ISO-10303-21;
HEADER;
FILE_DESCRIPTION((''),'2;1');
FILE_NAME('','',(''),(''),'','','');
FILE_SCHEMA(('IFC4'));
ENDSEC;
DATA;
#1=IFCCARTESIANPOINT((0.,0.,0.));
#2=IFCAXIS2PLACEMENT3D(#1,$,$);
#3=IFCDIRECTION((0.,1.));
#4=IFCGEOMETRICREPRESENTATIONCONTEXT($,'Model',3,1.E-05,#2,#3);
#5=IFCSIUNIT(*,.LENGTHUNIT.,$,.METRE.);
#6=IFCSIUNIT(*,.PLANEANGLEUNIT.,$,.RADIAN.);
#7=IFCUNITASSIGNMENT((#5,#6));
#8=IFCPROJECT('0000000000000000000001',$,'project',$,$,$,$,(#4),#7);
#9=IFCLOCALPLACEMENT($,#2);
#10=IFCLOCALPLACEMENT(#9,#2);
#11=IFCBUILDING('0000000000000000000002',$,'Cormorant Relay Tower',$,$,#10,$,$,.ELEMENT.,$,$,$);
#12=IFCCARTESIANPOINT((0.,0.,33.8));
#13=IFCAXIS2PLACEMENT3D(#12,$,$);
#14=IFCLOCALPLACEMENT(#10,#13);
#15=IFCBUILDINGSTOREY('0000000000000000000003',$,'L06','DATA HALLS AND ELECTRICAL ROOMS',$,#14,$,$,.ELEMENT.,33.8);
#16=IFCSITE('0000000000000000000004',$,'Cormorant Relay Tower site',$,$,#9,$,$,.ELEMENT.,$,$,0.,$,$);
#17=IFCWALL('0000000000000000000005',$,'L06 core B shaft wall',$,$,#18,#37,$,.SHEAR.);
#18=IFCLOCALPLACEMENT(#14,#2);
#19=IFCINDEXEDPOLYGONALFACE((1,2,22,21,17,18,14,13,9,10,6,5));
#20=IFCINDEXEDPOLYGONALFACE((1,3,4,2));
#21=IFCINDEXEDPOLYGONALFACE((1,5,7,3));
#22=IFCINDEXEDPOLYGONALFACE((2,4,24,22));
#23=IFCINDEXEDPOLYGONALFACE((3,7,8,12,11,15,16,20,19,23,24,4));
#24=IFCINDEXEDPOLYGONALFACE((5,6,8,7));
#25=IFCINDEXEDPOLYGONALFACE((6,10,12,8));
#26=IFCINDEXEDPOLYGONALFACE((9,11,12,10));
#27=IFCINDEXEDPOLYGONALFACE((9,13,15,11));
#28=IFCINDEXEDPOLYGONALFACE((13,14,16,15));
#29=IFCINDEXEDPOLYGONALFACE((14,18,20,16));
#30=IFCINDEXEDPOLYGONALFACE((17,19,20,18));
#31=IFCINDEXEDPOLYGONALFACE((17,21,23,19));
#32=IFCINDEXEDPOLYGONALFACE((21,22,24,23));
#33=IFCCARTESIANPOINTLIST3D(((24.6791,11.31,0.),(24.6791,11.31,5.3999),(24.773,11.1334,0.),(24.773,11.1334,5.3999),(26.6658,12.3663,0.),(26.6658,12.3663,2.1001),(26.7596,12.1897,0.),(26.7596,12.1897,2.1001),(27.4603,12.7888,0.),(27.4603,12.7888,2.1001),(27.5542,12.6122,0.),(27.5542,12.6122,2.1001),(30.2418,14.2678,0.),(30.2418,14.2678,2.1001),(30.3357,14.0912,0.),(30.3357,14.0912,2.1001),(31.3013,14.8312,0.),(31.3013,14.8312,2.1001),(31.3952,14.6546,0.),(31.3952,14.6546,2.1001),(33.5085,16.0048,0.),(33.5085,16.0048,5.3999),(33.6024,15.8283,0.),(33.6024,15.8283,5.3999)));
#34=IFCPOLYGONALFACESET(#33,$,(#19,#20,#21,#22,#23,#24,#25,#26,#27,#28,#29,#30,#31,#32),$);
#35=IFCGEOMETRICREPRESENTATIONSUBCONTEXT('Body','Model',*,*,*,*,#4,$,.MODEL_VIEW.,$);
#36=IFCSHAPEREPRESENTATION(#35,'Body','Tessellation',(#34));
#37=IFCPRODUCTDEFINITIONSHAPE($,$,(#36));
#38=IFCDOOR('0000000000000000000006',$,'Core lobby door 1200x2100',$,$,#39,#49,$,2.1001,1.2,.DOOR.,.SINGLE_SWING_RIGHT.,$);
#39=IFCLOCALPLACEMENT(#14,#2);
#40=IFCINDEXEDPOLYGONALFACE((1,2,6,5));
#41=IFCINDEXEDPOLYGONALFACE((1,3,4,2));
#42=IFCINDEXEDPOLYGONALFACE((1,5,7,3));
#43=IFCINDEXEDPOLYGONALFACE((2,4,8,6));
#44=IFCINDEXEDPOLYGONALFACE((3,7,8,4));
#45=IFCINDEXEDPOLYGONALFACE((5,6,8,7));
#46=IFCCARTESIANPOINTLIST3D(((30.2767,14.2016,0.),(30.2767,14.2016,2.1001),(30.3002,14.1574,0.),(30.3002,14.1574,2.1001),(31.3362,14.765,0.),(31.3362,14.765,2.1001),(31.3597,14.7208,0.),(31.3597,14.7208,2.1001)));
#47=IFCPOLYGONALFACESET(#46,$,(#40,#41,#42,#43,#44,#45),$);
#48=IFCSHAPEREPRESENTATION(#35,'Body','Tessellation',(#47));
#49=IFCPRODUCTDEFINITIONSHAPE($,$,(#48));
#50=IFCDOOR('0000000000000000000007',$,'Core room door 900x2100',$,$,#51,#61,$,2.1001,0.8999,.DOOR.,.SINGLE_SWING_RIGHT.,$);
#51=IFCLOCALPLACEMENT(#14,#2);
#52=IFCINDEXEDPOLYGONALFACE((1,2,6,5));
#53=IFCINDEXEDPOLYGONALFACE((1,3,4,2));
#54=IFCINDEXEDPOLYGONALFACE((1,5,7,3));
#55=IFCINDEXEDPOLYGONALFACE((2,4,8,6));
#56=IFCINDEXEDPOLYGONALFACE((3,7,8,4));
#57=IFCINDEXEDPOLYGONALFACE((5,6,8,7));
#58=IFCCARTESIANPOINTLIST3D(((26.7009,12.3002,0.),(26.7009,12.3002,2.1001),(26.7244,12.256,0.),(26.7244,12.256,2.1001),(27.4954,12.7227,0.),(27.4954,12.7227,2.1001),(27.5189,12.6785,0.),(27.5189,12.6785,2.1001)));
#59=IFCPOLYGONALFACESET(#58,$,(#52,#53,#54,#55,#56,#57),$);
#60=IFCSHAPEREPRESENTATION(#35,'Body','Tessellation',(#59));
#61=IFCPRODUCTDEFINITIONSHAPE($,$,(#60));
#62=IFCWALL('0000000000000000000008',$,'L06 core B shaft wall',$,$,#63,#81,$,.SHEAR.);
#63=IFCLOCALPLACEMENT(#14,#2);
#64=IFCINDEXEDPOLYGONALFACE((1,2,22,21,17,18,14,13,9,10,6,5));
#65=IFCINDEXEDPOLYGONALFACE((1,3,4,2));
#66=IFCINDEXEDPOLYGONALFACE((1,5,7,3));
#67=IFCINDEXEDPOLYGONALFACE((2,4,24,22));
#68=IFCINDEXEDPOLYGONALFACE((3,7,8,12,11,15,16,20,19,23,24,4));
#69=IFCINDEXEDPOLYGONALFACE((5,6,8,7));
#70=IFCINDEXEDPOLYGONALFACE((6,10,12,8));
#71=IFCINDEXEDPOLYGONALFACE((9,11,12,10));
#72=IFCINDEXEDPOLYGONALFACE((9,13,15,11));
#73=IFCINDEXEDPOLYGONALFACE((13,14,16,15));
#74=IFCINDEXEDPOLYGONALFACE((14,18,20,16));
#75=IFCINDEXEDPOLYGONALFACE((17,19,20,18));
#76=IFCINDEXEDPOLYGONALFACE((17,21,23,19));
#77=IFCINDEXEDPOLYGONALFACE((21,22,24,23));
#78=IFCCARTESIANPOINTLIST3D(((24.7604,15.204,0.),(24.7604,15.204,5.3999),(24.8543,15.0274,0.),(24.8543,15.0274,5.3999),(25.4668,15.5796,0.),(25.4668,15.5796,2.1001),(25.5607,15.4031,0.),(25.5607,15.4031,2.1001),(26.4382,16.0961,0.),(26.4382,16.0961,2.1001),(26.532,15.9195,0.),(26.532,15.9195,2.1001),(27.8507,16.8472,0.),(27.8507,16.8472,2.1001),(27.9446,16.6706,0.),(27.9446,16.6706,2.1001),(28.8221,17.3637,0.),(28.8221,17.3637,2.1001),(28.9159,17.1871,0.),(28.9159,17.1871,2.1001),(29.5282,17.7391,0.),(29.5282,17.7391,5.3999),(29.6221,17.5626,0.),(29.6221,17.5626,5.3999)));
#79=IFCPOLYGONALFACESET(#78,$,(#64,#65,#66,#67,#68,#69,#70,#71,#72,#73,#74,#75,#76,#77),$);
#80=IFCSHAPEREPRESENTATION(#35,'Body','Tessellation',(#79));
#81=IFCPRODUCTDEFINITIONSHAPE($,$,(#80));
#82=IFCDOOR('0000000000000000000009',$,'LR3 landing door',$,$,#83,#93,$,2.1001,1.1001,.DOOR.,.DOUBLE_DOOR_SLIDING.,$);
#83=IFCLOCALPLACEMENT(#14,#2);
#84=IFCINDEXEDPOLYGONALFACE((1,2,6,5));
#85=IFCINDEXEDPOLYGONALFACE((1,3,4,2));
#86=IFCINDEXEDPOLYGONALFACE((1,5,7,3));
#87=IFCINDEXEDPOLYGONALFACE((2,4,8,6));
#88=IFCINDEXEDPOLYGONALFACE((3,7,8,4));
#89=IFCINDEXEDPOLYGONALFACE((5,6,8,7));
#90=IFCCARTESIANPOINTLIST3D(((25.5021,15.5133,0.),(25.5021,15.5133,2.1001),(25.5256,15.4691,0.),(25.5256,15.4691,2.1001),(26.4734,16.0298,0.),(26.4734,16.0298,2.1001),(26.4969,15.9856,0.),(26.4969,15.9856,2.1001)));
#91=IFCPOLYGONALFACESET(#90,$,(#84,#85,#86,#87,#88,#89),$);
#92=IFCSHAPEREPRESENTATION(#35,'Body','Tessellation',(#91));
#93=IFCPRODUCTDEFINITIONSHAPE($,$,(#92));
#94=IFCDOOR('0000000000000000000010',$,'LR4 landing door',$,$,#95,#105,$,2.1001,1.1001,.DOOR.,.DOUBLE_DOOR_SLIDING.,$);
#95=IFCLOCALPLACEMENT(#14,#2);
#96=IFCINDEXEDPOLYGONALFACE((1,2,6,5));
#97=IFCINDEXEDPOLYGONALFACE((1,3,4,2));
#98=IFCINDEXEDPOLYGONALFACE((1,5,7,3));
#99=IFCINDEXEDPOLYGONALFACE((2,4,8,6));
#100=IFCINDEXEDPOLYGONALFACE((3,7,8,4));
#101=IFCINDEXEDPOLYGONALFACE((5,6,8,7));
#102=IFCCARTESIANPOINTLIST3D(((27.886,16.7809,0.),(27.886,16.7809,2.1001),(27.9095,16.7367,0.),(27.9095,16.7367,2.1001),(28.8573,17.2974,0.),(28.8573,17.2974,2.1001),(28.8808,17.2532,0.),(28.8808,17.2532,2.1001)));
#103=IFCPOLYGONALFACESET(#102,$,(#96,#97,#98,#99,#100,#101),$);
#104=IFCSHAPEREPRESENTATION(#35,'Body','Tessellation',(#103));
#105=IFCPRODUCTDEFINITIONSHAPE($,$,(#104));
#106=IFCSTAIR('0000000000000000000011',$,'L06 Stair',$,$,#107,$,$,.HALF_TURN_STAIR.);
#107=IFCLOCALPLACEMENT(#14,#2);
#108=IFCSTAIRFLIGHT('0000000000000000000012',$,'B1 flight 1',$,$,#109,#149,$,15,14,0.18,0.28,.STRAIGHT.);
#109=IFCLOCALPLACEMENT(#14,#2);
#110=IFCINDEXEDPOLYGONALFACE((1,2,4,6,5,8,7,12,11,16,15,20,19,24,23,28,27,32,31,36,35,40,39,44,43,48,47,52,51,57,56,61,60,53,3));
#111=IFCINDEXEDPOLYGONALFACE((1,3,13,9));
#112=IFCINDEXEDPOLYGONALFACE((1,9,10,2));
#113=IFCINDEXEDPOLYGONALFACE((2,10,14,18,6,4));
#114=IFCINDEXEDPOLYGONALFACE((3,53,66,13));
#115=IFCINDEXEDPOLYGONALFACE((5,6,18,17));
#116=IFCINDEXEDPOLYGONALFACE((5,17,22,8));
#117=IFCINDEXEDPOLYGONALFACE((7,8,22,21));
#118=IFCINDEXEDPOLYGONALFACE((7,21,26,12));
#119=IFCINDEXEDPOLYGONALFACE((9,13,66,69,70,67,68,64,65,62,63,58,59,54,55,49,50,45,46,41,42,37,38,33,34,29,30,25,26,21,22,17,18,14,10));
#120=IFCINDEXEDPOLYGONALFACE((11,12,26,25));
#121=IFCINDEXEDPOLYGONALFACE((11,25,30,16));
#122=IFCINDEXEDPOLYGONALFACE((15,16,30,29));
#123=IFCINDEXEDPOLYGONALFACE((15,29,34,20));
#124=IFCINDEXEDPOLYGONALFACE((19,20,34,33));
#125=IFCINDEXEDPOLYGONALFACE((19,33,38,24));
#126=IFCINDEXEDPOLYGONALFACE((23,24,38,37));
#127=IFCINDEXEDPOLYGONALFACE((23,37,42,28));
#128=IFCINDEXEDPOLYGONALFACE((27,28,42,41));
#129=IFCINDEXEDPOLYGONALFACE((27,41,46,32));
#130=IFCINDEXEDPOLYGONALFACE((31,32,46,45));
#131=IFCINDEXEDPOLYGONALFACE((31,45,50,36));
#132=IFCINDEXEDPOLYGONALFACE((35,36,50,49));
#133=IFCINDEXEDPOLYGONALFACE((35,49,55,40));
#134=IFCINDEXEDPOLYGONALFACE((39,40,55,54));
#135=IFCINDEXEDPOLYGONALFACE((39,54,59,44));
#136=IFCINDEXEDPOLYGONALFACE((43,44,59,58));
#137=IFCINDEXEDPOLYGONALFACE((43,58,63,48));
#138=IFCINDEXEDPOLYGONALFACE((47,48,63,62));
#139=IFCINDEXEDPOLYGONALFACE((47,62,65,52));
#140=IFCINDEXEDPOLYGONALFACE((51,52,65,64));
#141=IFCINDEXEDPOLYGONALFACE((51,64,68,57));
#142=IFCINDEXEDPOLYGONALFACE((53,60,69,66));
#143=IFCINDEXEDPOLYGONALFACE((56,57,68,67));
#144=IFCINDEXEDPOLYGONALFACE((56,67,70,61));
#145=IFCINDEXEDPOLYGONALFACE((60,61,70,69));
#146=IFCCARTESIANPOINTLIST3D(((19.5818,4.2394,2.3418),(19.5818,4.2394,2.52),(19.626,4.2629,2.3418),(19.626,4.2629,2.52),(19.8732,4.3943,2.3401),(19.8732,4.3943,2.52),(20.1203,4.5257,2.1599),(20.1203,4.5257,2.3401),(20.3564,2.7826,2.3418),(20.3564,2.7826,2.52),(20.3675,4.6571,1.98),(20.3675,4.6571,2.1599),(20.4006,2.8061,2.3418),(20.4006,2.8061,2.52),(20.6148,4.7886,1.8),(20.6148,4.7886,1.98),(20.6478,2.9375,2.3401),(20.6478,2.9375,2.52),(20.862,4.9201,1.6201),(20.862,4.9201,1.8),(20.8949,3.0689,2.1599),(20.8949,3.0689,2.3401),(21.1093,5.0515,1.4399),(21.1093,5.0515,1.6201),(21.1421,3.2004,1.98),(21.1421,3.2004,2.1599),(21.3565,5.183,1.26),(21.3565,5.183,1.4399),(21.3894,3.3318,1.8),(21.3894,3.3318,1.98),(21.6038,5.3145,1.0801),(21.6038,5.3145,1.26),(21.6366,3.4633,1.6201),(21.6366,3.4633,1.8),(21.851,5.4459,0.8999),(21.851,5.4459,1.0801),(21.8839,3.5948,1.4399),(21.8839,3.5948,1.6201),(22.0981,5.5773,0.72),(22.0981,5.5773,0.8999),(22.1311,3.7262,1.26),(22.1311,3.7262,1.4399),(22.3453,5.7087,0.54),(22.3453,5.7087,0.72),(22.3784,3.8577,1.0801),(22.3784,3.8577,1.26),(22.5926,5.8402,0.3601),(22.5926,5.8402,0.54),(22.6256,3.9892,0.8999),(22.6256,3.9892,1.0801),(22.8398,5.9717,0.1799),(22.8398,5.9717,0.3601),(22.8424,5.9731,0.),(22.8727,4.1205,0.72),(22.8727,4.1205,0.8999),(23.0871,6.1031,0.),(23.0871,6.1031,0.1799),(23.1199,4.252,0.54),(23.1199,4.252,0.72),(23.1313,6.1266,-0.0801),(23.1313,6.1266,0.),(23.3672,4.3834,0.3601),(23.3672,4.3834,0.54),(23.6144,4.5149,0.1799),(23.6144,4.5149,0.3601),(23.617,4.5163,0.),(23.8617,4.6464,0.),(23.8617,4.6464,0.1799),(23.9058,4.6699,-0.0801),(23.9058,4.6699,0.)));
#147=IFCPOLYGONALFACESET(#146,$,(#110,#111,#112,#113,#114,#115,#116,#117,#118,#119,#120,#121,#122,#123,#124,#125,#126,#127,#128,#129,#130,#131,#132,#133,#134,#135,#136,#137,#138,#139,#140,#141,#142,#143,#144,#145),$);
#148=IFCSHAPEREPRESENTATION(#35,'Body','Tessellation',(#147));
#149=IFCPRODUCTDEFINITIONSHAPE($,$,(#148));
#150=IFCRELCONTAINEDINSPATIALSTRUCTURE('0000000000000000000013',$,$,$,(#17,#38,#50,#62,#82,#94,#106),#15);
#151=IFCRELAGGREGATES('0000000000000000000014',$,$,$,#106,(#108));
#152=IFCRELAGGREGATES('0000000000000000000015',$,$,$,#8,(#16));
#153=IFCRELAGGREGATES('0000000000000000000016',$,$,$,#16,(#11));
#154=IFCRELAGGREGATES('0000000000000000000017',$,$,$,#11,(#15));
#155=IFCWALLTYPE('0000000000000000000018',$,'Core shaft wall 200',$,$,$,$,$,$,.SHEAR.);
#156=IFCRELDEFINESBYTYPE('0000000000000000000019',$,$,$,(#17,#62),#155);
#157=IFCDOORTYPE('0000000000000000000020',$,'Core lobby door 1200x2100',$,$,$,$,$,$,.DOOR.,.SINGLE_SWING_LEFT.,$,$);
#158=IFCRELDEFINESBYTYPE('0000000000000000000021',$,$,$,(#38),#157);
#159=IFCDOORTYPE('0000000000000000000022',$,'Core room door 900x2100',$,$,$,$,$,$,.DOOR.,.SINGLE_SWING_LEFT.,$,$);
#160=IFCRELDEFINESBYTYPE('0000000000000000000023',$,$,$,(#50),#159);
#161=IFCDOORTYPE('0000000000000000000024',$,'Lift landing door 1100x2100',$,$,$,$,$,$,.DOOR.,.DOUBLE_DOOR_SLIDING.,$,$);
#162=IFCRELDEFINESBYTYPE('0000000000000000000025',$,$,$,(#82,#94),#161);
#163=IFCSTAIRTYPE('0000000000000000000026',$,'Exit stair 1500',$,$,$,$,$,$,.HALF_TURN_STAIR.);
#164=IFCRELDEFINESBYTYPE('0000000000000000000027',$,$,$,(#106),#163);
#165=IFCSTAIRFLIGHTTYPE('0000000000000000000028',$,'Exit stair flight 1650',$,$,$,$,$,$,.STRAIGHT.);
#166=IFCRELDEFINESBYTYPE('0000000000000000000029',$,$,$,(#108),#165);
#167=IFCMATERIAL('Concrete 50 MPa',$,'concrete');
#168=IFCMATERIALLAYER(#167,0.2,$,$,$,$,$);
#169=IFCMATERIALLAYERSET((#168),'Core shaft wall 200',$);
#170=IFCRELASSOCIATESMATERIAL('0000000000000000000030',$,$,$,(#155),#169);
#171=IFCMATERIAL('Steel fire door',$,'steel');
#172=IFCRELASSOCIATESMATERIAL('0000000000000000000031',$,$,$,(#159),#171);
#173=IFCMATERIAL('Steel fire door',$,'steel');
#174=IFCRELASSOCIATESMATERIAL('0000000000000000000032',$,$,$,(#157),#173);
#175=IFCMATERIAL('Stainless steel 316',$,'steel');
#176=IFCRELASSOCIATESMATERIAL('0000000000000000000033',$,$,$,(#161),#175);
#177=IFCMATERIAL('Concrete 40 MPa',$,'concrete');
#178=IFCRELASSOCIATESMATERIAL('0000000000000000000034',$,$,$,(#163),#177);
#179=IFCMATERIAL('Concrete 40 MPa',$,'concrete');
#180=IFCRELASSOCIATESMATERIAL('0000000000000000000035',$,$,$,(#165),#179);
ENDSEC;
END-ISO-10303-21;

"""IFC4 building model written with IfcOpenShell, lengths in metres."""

from ifc_helpers import new_model, si_unit, direction, frame, frame_2d, origin, place, context, subcontext, project, spatial, polyline, rectangle, outline, extrude, material, layer, layer_set, type_object, element, fill, aggregate, save


model = new_model("IFC4")

# Units and contexts
model_context = context("Model", 3, precision=1e-05, world=origin(), true_north=direction((0.0, 1.0)))
body_context = subcontext(model_context, "Body", "Model", "MODEL_VIEW")
ifc_project = project(units=[si_unit("LENGTHUNIT", "METRE"), si_unit("PLANEANGLEUNIT", "RADIAN")], contexts=[model_context])

# Site, building, storey
site_placement = place(None, origin())
site = spatial("IfcSite", under=ifc_project, at=site_placement, Name="Cormorant Relay Tower site", CompositionType="ELEMENT", RefElevation=0.0)
building_placement = place(site_placement, origin())
building = spatial("IfcBuilding", under=site, at=building_placement, Name="Cormorant Relay Tower", CompositionType="ELEMENT")
storey_placement = place(building_placement, frame((0.0, 0.0, 33.8)))
storey = spatial("IfcBuildingStorey", under=building, at=storey_placement, Name="L06", Description="DATA HALLS AND ELECTRICAL ROOMS", CompositionType="ELEMENT", Elevation=33.8)

# Shared definitions
ifc_material_1 = material(Name="Concrete 50 MPa", Category="concrete")
ifc_layer_1 = layer(ifc_material_1, 0.2)
ifc_layer_set_1 = layer_set([ifc_layer_1], Name="Core shaft wall 200")
wall_type_1 = type_object("IfcWallType", Name="Core shaft wall 200", PredefinedType="SHEAR", material=ifc_layer_set_1)
ifc_material_2 = material(Name="Steel fire door", Category="steel")
door_type_1 = type_object("IfcDoorType", Name="Core room door 900x2100", OperationType="SINGLE_SWING_LEFT", PredefinedType="DOOR", material=ifc_material_2)

# Walls, openings, doors
wall_1_placement = place(storey_placement, frame((24.7261, 11.2217, 0.0), z_axis=(0.0, 0.0, 1.0), x_axis=(0.88294, 0.469485, 0.0)))
wall_1 = element("IfcWall", 1, at=wall_1_placement, inside=storey, type_object=wall_type_1, Name="L06 core B shaft wall", PredefinedType="SHEAR", context=body_context, shape_type="SweptSolid", body=[
    extrude(rectangle(XDim=10.0, YDim=0.2, at=frame_2d((5.0, 0.0))), origin(), (0.0, 0.0, 1.0), 5.3999),
])
opening_1_placement = place(wall_1_placement, frame((6.3, 0.0, 0.0)))
opening_1 = element("IfcOpeningElement", 2, at=opening_1_placement, cuts=wall_1, PredefinedType="OPENING", context=body_context, shape_type="SweptSolid", body=[
    extrude(rectangle(XDim=1.2, YDim=2.1001, at=frame_2d((0.6001, 1.05))), frame((0.0, 0.1099, 0.0), z_axis=(0.0, -1.0, 0.0), x_axis=(1.0, 0.0, 0.0)), (0.0, 0.0, 1.0), 0.22),
])
opening_2_placement = place(wall_1_placement, frame((2.25, 0.0, 0.0)))
opening_2 = element("IfcOpeningElement", 3, at=opening_2_placement, cuts=wall_1, PredefinedType="OPENING", context=body_context, shape_type="SweptSolid", body=[
    extrude(rectangle(XDim=0.8999, YDim=2.1001, at=frame_2d((0.45, 1.05))), frame((0.0, 0.1099, 0.0), z_axis=(0.0, -1.0, 0.0), x_axis=(1.0, 0.0, 0.0)), (0.0, 0.0, 1.0), 0.22),
])
ifc_material_3 = material(Name="Steel fire door", Category="steel")
door_type_2 = type_object("IfcDoorType", Name="Core lobby door 1200x2100", OperationType="SINGLE_SWING_LEFT", PredefinedType="DOOR", material=ifc_material_3)
door_1_placement = place(opening_1_placement, frame((1.2, 0.0, 0.0), z_axis=(0.0, 0.0, 1.0), x_axis=(-1.0, 0.0, 0.0)))
door_1 = element("IfcDoor", 4, at=door_1_placement, inside=storey, type_object=door_type_2, Name="Core lobby door 1200x2100", OperationType="SINGLE_SWING_RIGHT", OverallHeight=2.1001, OverallWidth=1.2, PredefinedType="DOOR", context=body_context, shape_type="SweptSolid", body=[
    extrude(rectangle(XDim=1.2, YDim=2.1001, at=frame_2d((0.6001, 1.05))), frame((0.0, 0.0249, 0.0), z_axis=(0.0, -1.0, 0.0), x_axis=(1.0, 0.0, 0.0)), (0.0, 0.0, 1.0), 0.05),
])
fill(opening_1, door_1)
door_2_placement = place(opening_2_placement, frame((0.8999, 0.0, 0.0), z_axis=(0.0, 0.0, 1.0), x_axis=(-1.0, 0.0, 0.0)))
door_2 = element("IfcDoor", 5, at=door_2_placement, inside=storey, type_object=door_type_1, Name="Core room door 900x2100", OperationType="SINGLE_SWING_RIGHT", OverallHeight=2.1001, OverallWidth=0.8999, PredefinedType="DOOR", context=body_context, shape_type="SweptSolid", body=[
    extrude(rectangle(XDim=0.8999, YDim=2.1001, at=frame_2d((0.45, 1.05))), frame((0.0, 0.0249, 0.0), z_axis=(0.0, -1.0, 0.0), x_axis=(1.0, 0.0, 0.0)), (0.0, 0.0, 1.0), 0.05),
])
fill(opening_2, door_2)
wall_2_placement = place(storey_placement, frame((24.8074, 15.1157, 0.0), z_axis=(0.0, 0.0, 1.0), x_axis=(0.882943, 0.46948, 0.0)))
wall_2 = element("IfcWall", 6, at=wall_2_placement, inside=storey, type_object=wall_type_1, Name="L06 core B shaft wall", PredefinedType="SHEAR", context=body_context, shape_type="SweptSolid", body=[
    extrude(rectangle(XDim=5.3999, YDim=0.2, at=frame_2d((2.7, 0.0))), origin(), (0.0, 0.0, 1.0), 5.3999),
])
opening_3_placement = place(wall_2_placement, frame((0.8, 0.0, 0.0)))
opening_3 = element("IfcOpeningElement", 7, at=opening_3_placement, cuts=wall_2, PredefinedType="OPENING", context=body_context, shape_type="SweptSolid", body=[
    extrude(rectangle(XDim=1.1001, YDim=2.1001, at=frame_2d((0.55, 1.05))), frame((0.0, 0.1099, 0.0), z_axis=(0.0, -1.0, 0.0), x_axis=(1.0, 0.0, 0.0)), (0.0, 0.0, 1.0), 0.22),
])
opening_4_placement = place(wall_2_placement, frame((3.5, 0.0, 0.0)))
opening_4 = element("IfcOpeningElement", 8, at=opening_4_placement, cuts=wall_2, PredefinedType="OPENING", context=body_context, shape_type="SweptSolid", body=[
    extrude(rectangle(XDim=1.1001, YDim=2.1001, at=frame_2d((0.55, 1.05))), frame((0.0, 0.1099, 0.0), z_axis=(0.0, -1.0, 0.0), x_axis=(1.0, 0.0, 0.0)), (0.0, 0.0, 1.0), 0.22),
])
ifc_material_4 = material(Name="Stainless steel 316", Category="steel")
door_type_3 = type_object("IfcDoorType", Name="Lift landing door 1100x2100", OperationType="DOUBLE_DOOR_SLIDING", PredefinedType="DOOR", material=ifc_material_4)
door_3_placement = place(opening_3_placement, origin())
door_3 = element("IfcDoor", 9, at=door_3_placement, inside=storey, type_object=door_type_3, Name="LR3 landing door", OperationType="DOUBLE_DOOR_SLIDING", OverallHeight=2.1001, OverallWidth=1.1001, PredefinedType="DOOR", context=body_context, shape_type="SweptSolid", body=[
    extrude(rectangle(XDim=1.1001, YDim=2.1001, at=frame_2d((0.55, 1.05))), frame((0.0, 0.0249, 0.0), z_axis=(0.0, -1.0, 0.0), x_axis=(1.0, 0.0, 0.0)), (0.0, 0.0, 1.0), 0.05),
])
fill(opening_3, door_3)
door_4_placement = place(opening_4_placement, origin())
door_4 = element("IfcDoor", 10, at=door_4_placement, inside=storey, type_object=door_type_3, Name="LR4 landing door", OperationType="DOUBLE_DOOR_SLIDING", OverallHeight=2.1001, OverallWidth=1.1001, PredefinedType="DOOR", context=body_context, shape_type="SweptSolid", body=[
    extrude(rectangle(XDim=1.1001, YDim=2.1001, at=frame_2d((0.55, 1.05))), frame((0.0, 0.0249, 0.0), z_axis=(0.0, -1.0, 0.0), x_axis=(1.0, 0.0, 0.0)), (0.0, 0.0, 1.0), 0.05),
])
fill(opening_4, door_4)

# Stair, stair flight
ifc_material_5 = material(Name="Concrete 40 MPa", Category="concrete")
stair_type = type_object("IfcStairType", Name="Exit stair 1500", PredefinedType="HALF_TURN_STAIR", material=ifc_material_5)
stair_placement = place(storey_placement, origin())
stair = element("IfcStair", 11, at=stair_placement, inside=storey, type_object=stair_type, Name="L06 Stair", PredefinedType="HALF_TURN_STAIR")
ifc_material_6 = material(Name="Concrete 40 MPa", Category="concrete")
stair_flight_type = type_object("IfcStairFlightType", Name="Exit stair flight 1650", PredefinedType="STRAIGHT", material=ifc_material_6)
stair_flight_placement = place(storey_placement, frame((23.4744, 5.3748, 0.0), z_axis=(0.0, 0.0, 1.0), x_axis=(-0.882948, -0.469472, 0.0)))
stair_flight = element("IfcStairFlight", 12, at=stair_flight_placement, type_object=stair_flight_type, Name="B1 flight 1", NumberOfRisers=15, NumberOfTreads=14, PredefinedType="STRAIGHT", RiserHeight=0.18, TreadLength=0.28, context=body_context, shape_type="SweptSolid", body=[
    extrude(outline(polyline([(-0.05, -0.0801), (-0.05, 0.0), (0.0, 0.0), (0.0, 0.1799), (0.28, 0.1799), (0.28, 0.3601), (0.5601, 0.3601), (0.5601, 0.54), (0.8401, 0.54), (0.8401, 0.72), (1.1201, 0.72), (1.1201, 0.8999), (1.3999, 0.8999), (1.3999, 1.0801), (1.6799, 1.0801), (1.6799, 1.26), (1.96, 1.26), (1.96, 1.4399), (2.24, 1.4399), (2.24, 1.6201), (2.52, 1.6201), (2.52, 1.8), (2.8, 1.8), (2.8, 1.98), (3.0801, 1.98), (3.0801, 2.1599), (3.3601, 2.1599), (3.3601, 2.3401), (3.6399, 2.3401), (3.6399, 2.52), (3.9199, 2.52), (3.97, 2.52), (3.97, 2.3418), (3.9199, 2.3418), (0.2771, 0.0), (-0.05, -0.0801)])), frame((0.0, 0.825, 0.0), z_axis=(0.0, -1.0, 0.0), x_axis=(1.0, 0.0, 0.0)), (0.0, 0.0, 1.0), 1.6499),
])
aggregate(stair, [stair_flight])

save(model, "model.ifc")
